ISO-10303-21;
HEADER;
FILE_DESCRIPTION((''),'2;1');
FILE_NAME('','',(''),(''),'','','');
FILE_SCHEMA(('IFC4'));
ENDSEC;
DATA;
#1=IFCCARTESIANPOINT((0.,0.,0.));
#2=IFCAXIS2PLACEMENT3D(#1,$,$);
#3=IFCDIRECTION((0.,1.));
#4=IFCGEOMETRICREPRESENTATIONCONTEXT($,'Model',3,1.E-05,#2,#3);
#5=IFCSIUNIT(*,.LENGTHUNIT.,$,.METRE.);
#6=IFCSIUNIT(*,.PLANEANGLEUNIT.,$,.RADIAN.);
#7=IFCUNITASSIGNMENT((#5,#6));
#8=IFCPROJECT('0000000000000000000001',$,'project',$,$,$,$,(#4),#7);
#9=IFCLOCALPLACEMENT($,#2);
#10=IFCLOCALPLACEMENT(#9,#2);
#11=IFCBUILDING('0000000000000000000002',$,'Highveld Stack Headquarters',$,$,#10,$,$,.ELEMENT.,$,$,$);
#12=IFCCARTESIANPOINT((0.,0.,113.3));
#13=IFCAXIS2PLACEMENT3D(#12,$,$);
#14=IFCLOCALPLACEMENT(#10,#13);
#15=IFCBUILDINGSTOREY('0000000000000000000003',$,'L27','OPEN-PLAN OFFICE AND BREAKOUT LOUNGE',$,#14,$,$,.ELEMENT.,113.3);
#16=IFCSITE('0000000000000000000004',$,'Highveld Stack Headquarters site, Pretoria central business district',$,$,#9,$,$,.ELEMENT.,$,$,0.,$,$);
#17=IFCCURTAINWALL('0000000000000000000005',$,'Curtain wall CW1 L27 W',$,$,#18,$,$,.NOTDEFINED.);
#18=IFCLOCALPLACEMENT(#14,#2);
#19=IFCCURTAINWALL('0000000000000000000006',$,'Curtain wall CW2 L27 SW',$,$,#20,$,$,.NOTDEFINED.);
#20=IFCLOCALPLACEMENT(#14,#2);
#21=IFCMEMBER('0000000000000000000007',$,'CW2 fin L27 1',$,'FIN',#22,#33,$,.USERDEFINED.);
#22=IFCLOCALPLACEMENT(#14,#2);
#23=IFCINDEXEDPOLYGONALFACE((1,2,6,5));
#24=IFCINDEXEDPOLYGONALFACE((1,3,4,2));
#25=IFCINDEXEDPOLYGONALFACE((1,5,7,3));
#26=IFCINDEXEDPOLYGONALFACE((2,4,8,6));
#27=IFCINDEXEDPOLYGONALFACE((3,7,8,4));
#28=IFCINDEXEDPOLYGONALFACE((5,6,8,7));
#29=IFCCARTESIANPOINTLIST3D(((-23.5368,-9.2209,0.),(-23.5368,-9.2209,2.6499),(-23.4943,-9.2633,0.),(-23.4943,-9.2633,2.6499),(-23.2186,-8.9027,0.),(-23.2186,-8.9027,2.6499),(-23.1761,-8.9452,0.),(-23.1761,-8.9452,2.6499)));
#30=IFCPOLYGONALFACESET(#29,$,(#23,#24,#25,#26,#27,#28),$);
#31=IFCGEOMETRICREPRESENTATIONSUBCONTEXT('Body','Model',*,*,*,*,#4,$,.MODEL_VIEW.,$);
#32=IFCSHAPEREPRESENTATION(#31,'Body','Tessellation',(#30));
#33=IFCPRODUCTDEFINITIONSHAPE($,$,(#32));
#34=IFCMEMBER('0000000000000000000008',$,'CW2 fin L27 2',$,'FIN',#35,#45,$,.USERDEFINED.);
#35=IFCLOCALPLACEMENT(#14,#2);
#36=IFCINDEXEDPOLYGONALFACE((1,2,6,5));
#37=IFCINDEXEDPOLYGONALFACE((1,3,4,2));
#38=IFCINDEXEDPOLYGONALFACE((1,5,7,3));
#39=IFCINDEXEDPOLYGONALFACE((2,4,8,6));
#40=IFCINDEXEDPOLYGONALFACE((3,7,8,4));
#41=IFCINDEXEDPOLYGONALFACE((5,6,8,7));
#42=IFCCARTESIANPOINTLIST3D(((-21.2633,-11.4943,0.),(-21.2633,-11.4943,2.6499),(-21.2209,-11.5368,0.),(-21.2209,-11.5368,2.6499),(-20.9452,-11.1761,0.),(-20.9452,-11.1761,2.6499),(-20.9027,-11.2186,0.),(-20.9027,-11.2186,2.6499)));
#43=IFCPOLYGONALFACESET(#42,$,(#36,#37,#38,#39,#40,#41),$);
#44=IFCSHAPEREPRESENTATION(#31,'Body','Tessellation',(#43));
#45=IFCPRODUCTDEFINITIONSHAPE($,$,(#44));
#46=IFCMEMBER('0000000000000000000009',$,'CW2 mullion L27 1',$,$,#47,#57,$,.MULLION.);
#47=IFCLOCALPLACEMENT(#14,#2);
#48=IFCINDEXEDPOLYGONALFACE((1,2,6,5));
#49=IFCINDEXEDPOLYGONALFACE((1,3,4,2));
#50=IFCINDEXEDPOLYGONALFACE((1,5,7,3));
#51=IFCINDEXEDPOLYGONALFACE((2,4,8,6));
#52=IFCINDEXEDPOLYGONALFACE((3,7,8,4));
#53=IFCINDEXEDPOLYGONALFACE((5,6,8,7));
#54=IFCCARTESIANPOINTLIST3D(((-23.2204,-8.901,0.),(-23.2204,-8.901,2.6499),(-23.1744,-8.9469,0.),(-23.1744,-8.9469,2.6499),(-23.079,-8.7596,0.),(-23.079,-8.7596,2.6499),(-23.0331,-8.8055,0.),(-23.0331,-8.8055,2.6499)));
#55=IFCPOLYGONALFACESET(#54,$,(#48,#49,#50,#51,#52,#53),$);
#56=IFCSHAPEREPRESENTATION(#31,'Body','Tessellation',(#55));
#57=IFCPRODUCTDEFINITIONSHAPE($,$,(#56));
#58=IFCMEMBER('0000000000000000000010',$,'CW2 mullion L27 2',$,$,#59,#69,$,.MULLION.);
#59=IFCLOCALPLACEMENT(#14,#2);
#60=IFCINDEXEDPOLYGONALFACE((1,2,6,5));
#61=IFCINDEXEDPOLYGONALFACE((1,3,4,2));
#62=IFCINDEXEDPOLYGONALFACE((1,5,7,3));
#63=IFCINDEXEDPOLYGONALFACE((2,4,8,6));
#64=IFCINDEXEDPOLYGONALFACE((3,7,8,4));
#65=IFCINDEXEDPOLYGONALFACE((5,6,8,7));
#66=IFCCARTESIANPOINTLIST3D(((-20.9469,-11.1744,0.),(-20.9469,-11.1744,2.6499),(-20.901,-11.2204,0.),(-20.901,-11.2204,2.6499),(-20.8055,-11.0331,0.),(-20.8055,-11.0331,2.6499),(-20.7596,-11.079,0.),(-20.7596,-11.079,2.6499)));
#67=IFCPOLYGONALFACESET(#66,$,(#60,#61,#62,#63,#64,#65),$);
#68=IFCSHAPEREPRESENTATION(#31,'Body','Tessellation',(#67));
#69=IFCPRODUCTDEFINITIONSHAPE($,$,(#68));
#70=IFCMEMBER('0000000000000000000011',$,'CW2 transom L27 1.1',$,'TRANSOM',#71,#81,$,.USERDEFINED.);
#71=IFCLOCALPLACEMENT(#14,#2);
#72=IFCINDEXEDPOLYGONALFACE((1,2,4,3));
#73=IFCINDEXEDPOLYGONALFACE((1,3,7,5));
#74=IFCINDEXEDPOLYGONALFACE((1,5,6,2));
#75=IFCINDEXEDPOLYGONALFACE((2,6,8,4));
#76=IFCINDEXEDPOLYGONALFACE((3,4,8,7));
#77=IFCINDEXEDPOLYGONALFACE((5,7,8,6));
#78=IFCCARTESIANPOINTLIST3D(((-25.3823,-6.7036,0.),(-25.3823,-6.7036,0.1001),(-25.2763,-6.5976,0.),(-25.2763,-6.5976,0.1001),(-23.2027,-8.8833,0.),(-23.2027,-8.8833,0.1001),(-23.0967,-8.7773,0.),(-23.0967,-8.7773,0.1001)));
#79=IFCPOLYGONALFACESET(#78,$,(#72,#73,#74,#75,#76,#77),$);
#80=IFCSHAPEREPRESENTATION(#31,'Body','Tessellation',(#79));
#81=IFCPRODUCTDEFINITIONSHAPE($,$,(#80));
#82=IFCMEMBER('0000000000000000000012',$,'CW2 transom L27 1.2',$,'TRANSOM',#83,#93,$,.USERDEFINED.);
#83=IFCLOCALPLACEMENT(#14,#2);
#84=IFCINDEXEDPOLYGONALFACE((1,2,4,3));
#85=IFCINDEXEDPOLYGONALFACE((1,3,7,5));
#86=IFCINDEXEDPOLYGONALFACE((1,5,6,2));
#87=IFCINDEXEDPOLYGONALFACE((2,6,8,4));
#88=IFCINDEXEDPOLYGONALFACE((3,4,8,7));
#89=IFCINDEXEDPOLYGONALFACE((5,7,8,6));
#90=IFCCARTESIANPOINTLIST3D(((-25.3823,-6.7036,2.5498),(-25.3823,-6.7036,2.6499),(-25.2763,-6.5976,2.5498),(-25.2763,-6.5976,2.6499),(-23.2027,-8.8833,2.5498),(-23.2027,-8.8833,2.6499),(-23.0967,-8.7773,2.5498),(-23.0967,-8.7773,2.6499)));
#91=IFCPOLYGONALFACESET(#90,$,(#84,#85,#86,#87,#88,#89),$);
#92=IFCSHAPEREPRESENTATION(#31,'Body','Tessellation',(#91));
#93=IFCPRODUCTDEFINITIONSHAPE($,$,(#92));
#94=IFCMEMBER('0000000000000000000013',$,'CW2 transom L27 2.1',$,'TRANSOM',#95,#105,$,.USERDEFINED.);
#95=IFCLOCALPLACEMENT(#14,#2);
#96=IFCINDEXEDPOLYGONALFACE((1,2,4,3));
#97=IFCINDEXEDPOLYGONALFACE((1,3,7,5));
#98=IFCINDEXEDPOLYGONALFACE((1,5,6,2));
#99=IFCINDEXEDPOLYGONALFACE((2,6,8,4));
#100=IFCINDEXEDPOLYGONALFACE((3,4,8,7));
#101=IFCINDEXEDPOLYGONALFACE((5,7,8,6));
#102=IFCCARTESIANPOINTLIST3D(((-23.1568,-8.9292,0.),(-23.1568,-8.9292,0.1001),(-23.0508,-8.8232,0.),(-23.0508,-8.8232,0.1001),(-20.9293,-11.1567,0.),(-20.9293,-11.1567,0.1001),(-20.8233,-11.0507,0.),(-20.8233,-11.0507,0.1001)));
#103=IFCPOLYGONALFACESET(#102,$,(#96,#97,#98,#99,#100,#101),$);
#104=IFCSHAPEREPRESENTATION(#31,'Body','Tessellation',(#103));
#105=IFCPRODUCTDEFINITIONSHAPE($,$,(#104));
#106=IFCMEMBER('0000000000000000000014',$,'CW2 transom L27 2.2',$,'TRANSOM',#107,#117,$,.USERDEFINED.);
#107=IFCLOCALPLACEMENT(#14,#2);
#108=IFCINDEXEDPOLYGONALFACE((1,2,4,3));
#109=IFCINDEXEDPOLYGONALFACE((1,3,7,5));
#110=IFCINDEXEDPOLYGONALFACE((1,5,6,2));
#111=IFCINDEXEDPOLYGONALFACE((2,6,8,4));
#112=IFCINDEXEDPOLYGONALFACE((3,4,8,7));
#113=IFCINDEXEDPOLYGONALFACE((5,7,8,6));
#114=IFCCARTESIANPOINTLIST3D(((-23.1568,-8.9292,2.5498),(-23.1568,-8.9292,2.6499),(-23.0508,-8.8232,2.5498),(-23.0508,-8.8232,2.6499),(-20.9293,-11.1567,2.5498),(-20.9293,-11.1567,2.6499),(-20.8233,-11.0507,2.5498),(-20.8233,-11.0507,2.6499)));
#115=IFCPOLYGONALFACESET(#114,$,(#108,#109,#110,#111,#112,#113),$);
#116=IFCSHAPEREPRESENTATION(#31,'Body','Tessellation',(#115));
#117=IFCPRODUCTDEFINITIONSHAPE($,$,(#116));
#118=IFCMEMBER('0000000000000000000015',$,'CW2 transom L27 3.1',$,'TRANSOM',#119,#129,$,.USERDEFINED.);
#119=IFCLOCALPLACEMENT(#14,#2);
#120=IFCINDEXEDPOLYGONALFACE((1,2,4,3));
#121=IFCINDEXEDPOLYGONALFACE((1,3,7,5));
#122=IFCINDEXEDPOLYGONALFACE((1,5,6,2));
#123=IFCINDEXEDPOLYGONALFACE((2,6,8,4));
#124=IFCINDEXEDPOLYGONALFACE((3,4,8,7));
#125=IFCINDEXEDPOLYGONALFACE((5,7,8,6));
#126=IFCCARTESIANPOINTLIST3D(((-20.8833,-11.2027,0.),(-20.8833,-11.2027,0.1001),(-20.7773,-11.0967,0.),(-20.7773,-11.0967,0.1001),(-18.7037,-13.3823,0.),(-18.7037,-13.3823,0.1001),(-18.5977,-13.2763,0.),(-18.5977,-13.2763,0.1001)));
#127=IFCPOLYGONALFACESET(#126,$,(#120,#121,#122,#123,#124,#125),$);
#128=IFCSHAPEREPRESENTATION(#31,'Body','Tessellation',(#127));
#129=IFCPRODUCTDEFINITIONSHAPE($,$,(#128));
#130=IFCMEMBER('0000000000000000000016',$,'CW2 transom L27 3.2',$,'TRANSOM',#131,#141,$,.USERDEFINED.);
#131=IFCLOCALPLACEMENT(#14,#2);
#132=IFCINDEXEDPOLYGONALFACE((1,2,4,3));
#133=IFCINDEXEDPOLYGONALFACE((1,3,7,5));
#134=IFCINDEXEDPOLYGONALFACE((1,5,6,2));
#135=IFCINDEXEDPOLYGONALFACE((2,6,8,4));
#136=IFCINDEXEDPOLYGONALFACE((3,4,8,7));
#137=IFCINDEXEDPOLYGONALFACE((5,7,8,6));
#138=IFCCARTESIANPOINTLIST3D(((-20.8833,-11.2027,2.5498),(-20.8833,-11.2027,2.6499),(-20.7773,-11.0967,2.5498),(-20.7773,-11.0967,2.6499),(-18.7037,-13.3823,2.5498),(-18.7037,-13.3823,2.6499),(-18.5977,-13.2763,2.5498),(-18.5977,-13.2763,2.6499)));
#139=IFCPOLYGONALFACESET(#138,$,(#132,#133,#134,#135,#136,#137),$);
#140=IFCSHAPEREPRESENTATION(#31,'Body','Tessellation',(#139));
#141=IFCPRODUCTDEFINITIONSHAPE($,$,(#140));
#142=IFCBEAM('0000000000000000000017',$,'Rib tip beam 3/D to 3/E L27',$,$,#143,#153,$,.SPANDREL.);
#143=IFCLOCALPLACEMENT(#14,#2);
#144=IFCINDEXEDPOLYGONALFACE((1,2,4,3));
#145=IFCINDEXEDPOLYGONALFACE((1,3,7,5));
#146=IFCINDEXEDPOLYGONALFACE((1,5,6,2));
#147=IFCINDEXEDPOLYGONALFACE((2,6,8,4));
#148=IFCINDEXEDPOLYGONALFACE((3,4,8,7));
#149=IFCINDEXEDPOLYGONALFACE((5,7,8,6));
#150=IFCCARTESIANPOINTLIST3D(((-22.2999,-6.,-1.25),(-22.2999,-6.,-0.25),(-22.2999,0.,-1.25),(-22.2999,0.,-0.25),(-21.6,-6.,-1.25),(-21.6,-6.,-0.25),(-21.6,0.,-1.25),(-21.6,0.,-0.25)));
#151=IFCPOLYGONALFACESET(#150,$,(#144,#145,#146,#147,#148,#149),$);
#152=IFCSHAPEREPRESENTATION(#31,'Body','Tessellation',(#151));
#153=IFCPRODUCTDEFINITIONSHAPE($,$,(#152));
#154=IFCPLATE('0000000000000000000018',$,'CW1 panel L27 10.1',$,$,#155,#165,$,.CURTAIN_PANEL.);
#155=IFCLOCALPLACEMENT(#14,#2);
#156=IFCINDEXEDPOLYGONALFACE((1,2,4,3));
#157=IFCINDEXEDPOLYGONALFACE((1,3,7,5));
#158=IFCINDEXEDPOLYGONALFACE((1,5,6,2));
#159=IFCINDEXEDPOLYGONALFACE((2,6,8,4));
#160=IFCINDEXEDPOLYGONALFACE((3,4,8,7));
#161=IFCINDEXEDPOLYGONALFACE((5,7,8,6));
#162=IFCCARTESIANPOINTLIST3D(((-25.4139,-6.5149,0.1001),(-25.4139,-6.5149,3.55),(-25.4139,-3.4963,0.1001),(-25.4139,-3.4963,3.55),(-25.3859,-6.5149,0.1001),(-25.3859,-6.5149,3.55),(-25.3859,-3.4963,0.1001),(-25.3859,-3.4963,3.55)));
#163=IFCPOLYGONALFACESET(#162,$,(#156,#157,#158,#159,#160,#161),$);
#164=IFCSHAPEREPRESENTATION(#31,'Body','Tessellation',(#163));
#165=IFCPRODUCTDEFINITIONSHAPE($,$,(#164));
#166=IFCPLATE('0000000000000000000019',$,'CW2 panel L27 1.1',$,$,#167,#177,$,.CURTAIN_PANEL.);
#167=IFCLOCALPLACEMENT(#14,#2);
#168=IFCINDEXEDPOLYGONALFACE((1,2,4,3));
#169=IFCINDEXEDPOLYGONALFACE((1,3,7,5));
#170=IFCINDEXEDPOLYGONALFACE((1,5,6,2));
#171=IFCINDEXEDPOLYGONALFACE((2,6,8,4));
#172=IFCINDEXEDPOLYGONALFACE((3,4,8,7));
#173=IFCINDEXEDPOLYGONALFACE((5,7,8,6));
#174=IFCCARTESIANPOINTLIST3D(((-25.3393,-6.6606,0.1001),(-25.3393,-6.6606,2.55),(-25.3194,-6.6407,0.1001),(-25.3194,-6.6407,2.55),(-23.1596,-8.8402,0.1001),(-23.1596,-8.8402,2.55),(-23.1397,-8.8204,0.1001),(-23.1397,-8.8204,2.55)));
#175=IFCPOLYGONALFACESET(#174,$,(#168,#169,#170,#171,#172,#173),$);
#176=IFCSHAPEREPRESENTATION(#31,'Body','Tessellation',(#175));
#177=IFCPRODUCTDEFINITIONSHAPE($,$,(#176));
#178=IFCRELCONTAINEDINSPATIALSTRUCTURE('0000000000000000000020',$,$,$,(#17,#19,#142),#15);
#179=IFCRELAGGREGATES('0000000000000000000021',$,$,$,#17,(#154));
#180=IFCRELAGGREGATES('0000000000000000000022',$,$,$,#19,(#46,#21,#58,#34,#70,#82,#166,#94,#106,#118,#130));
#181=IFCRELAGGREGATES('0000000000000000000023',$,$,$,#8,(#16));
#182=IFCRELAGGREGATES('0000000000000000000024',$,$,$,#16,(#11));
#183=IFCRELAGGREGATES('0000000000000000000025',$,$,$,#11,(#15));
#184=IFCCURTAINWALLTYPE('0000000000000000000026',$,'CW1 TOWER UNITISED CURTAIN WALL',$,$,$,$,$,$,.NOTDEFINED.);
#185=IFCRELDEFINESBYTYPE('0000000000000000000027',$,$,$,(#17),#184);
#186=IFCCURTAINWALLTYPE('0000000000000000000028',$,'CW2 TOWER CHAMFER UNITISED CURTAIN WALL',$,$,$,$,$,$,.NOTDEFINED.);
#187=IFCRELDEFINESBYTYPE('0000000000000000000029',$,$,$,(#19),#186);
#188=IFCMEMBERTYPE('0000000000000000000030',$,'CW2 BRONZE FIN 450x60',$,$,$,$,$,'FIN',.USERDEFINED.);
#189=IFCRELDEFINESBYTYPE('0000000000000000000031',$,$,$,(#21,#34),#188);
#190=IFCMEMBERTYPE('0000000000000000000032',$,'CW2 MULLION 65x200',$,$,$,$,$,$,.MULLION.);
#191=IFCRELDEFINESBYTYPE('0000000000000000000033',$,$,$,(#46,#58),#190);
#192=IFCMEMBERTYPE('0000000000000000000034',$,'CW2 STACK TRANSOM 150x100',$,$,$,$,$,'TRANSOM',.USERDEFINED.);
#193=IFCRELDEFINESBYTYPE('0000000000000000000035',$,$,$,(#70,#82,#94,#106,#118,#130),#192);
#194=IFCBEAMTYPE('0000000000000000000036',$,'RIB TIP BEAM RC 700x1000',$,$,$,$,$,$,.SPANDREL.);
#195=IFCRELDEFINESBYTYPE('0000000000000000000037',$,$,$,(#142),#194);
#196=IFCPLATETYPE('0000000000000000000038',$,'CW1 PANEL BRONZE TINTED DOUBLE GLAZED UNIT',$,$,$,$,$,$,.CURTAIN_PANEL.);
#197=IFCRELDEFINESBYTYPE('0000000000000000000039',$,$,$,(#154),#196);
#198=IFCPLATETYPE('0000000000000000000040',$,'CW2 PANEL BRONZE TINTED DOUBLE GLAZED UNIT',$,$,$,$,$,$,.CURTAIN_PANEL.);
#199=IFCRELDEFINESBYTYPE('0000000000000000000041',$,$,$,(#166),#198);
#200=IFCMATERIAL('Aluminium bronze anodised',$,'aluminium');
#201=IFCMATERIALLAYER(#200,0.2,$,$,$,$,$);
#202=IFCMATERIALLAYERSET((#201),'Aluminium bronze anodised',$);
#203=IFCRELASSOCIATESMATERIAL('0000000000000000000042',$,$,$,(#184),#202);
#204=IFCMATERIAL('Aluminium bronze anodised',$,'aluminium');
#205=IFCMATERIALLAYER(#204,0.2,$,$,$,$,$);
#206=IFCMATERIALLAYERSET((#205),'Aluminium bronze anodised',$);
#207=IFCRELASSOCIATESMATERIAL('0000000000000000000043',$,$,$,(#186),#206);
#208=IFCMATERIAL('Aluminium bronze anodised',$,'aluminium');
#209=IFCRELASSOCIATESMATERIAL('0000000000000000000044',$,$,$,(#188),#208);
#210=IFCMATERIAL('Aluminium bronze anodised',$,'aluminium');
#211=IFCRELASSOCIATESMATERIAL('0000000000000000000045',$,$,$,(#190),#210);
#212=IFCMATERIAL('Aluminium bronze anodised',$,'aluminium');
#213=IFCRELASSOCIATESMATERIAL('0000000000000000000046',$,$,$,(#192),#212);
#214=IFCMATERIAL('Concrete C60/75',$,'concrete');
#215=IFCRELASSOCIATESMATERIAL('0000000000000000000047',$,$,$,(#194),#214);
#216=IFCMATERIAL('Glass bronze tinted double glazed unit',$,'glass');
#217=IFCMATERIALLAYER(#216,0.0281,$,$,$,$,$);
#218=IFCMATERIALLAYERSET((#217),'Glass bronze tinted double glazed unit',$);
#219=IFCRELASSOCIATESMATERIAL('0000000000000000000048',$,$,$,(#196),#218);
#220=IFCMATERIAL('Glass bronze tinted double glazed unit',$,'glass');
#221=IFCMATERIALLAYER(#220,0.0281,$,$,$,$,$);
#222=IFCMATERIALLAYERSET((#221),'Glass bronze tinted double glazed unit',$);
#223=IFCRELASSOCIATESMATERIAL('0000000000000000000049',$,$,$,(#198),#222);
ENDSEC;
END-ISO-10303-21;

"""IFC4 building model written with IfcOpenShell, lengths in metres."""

from ifc_helpers import new_model, si_unit, direction, frame, origin, origin_2d, place, context, subcontext, project, spatial, rectangle, extrude, material, layer, layer_set, material_profile, profile_set, type_object, element, aggregate, save


model = new_model("IFC4")

# Units and contexts
model_context = context("Model", 3, precision=1e-05, world=origin(), true_north=direction((0.0, 1.0)))
body_context = subcontext(model_context, "Body", "Model", "MODEL_VIEW")
ifc_project = project(units=[si_unit("LENGTHUNIT", "METRE"), si_unit("PLANEANGLEUNIT", "RADIAN")], contexts=[model_context])

# Site, building, storey
site_placement = place(None, origin())
site = spatial("IfcSite", under=ifc_project, at=site_placement, Name="Highveld Stack Headquarters site, Pretoria central business district", CompositionType="ELEMENT", RefElevation=0.0)
building_placement = place(site_placement, origin())
building = spatial("IfcBuilding", under=site, at=building_placement, Name="Highveld Stack Headquarters", CompositionType="ELEMENT")
storey_placement = place(building_placement, frame((0.0, 0.0, 113.3)))
storey = spatial("IfcBuildingStorey", under=building, at=storey_placement, Name="L27", Description="OPEN-PLAN OFFICE AND BREAKOUT LOUNGE", CompositionType="ELEMENT", Elevation=113.3)

# Shared definitions
ifc_material_1 = material(Name="Aluminium bronze anodised", Category="aluminium")
ifc_layer_1 = layer(ifc_material_1, 0.2)
ifc_layer_set_1 = layer_set([ifc_layer_1], Name="Aluminium bronze anodised")
curtain_wall_type_1 = type_object("IfcCurtainWallType", Name="CW1 TOWER UNITISED CURTAIN WALL", PredefinedType="NOTDEFINED", material=ifc_layer_set_1)

# Curtain wall
curtain_wall_1_placement = place(storey_placement, origin())
curtain_wall_1 = element("IfcCurtainWall", 1, at=curtain_wall_1_placement, inside=storey, type_object=curtain_wall_type_1, Name="Curtain wall CW1 L27 W", PredefinedType="NOTDEFINED")

# Curtain wall, members
ifc_material_2 = material(Name="Aluminium bronze anodised", Category="aluminium")
ifc_layer_2 = layer(ifc_material_2, 0.2)
ifc_layer_set_2 = layer_set([ifc_layer_2], Name="Aluminium bronze anodised")
curtain_wall_type_2 = type_object("IfcCurtainWallType", Name="CW2 TOWER CHAMFER UNITISED CURTAIN WALL", PredefinedType="NOTDEFINED", material=ifc_layer_set_2)
curtain_wall_2_placement = place(storey_placement, origin())
curtain_wall_2 = element("IfcCurtainWall", 2, at=curtain_wall_2_placement, inside=storey, type_object=curtain_wall_type_2, Name="Curtain wall CW2 L27 SW", PredefinedType="NOTDEFINED")
ifc_material_3 = material(Name="Aluminium bronze anodised", Category="aluminium")
ifc_material_profile_1 = material_profile(ifc_material_3, rectangle(XDim=0.45, YDim=0.0601, at=origin_2d()), Name="FIN 450x60")
ifc_profile_set_1 = profile_set([ifc_material_profile_1], Name="Aluminium bronze anodised")
member_type_1 = type_object("IfcMemberType", Name="CW2 BRONZE FIN 450x60", ElementType="FIN", PredefinedType="USERDEFINED", material=ifc_profile_set_1)
member_1_placement = place(storey_placement, frame((-23.3564, -9.083, 0.0), z_axis=(0.0, 0.0, 1.0), x_axis=(0.707107, 0.707107, 0.0)))
member_1 = element("IfcMember", 3, at=member_1_placement, type_object=member_type_1, Name="CW2 fin L27 1", ObjectType="FIN", PredefinedType="USERDEFINED", context=body_context, shape_type="SweptSolid", body=[
    extrude(rectangle(XDim=0.45, YDim=0.0601, at=origin_2d()), origin(), (0.0, 0.0, 1.0), 2.6499),
])
member_2_placement = place(storey_placement, frame((-21.083, -11.3564, 0.0), z_axis=(0.0, 0.0, 1.0), x_axis=(0.707107, 0.707107, 0.0)))
member_2 = element("IfcMember", 4, at=member_2_placement, type_object=member_type_1, Name="CW2 fin L27 2", ObjectType="FIN", PredefinedType="USERDEFINED", context=body_context, shape_type="SweptSolid", body=[
    extrude(rectangle(XDim=0.45, YDim=0.0601, at=origin_2d()), origin(), (0.0, 0.0, 1.0), 2.6499),
])
ifc_material_4 = material(Name="Aluminium bronze anodised", Category="aluminium")
ifc_material_profile_2 = material_profile(ifc_material_4, rectangle(XDim=0.2, YDim=0.0649, at=origin_2d()), Name="CW2 MULLION 65x200")
ifc_profile_set_2 = profile_set([ifc_material_profile_2], Name="Aluminium bronze anodised")
member_type_2 = type_object("IfcMemberType", Name="CW2 MULLION 65x200", PredefinedType="MULLION", material=ifc_profile_set_2)
member_3_placement = place(storey_placement, frame((-23.1267, -8.8533, 0.0), z_axis=(0.0, 0.0, 1.0), x_axis=(0.707107, 0.707107, 0.0)))
member_3 = element("IfcMember", 5, at=member_3_placement, type_object=member_type_2, Name="CW2 mullion L27 1", PredefinedType="MULLION", context=body_context, shape_type="SweptSolid", body=[
    extrude(rectangle(XDim=0.2, YDim=0.0649, at=origin_2d()), origin(), (0.0, 0.0, 1.0), 2.6499),
])
member_4_placement = place(storey_placement, frame((-20.8533, -11.1267, 0.0), z_axis=(0.0, 0.0, 1.0), x_axis=(0.707107, 0.707107, 0.0)))
member_4 = element("IfcMember", 6, at=member_4_placement, type_object=member_type_2, Name="CW2 mullion L27 2", PredefinedType="MULLION", context=body_context, shape_type="SweptSolid", body=[
    extrude(rectangle(XDim=0.2, YDim=0.0649, at=origin_2d()), origin(), (0.0, 0.0, 1.0), 2.6499),
])
ifc_material_5 = material(Name="Aluminium bronze anodised", Category="aluminium")
ifc_material_profile_3 = material_profile(ifc_material_5, rectangle(XDim=0.1499, YDim=0.1001, at=origin_2d()), Name="CW2 TRANSOM 150x100")
ifc_profile_set_3 = profile_set([ifc_material_profile_3], Name="Aluminium bronze anodised")
member_type_3 = type_object("IfcMemberType", Name="CW2 STACK TRANSOM 150x100", ElementType="TRANSOM", PredefinedType="USERDEFINED", material=ifc_profile_set_3)
member_5_placement = place(storey_placement, frame((-25.3293, -6.6506, 0.05), z_axis=(0.707107, -0.707107, 0.0), x_axis=(0.707107, 0.707107, 0.0)))
member_5 = element("IfcMember", 7, at=member_5_placement, type_object=member_type_3, Name="CW2 transom L27 1.1", ObjectType="TRANSOM", PredefinedType="USERDEFINED", context=body_context, shape_type="SweptSolid", body=[
    extrude(rectangle(XDim=0.1499, YDim=0.1001, at=origin_2d()), origin(), (0.0, 0.0, 1.0), 3.0825),
])
member_6_placement = place(storey_placement, frame((-25.3293, -6.6506, 2.5999), z_axis=(0.707107, -0.707107, 0.0), x_axis=(0.707107, 0.707107, 0.0)))
member_6 = element("IfcMember", 8, at=member_6_placement, type_object=member_type_3, Name="CW2 transom L27 1.2", ObjectType="TRANSOM", PredefinedType="USERDEFINED", context=body_context, shape_type="SweptSolid", body=[
    extrude(rectangle(XDim=0.1499, YDim=0.1001, at=origin_2d()), origin(), (0.0, 0.0, 1.0), 3.0825),
])
member_7_placement = place(storey_placement, frame((-23.1038, -8.8762, 0.05), z_axis=(0.707107, -0.707107, 0.0), x_axis=(0.707107, 0.707107, 0.0)))
member_7 = element("IfcMember", 9, at=member_7_placement, type_object=member_type_3, Name="CW2 transom L27 2.1", ObjectType="TRANSOM", PredefinedType="USERDEFINED", context=body_context, shape_type="SweptSolid", body=[
    extrude(rectangle(XDim=0.1499, YDim=0.1001, at=origin_2d()), origin(), (0.0, 0.0, 1.0), 3.1501),
])
member_8_placement = place(storey_placement, frame((-23.1038, -8.8762, 2.5999), z_axis=(0.707107, -0.707107, 0.0), x_axis=(0.707107, 0.707107, 0.0)))
member_8 = element("IfcMember", 10, at=member_8_placement, type_object=member_type_3, Name="CW2 transom L27 2.2", ObjectType="TRANSOM", PredefinedType="USERDEFINED", context=body_context, shape_type="SweptSolid", body=[
    extrude(rectangle(XDim=0.1499, YDim=0.1001, at=origin_2d()), origin(), (0.0, 0.0, 1.0), 3.1501),
])
member_9_placement = place(storey_placement, frame((-20.8303, -11.1497, 0.05), z_axis=(0.707107, -0.707107, 0.0), x_axis=(0.707107, 0.707107, 0.0)))
member_9 = element("IfcMember", 11, at=member_9_placement, type_object=member_type_3, Name="CW2 transom L27 3.1", ObjectType="TRANSOM", PredefinedType="USERDEFINED", context=body_context, shape_type="SweptSolid", body=[
    extrude(rectangle(XDim=0.1499, YDim=0.1001, at=origin_2d()), origin(), (0.0, 0.0, 1.0), 3.0825),
])
member_10_placement = place(storey_placement, frame((-20.8303, -11.1497, 2.5999), z_axis=(0.707107, -0.707107, 0.0), x_axis=(0.707107, 0.707107, 0.0)))
member_10 = element("IfcMember", 12, at=member_10_placement, type_object=member_type_3, Name="CW2 transom L27 3.2", ObjectType="TRANSOM", PredefinedType="USERDEFINED", context=body_context, shape_type="SweptSolid", body=[
    extrude(rectangle(XDim=0.1499, YDim=0.1001, at=origin_2d()), origin(), (0.0, 0.0, 1.0), 3.0825),
])

# Beam
ifc_material_6 = material(Name="Concrete C60/75", Category="concrete")
ifc_material_profile_4 = material_profile(ifc_material_6, rectangle(XDim=0.7, YDim=1.0, at=origin_2d()), Name="RC 700x1000")
ifc_profile_set_4 = profile_set([ifc_material_profile_4], Name="Concrete C60/75")
beam_type_1 = type_object("IfcBeamType", Name="RIB TIP BEAM RC 700x1000", PredefinedType="SPANDREL", material=ifc_profile_set_4)
beam_1_placement = place(storey_placement, frame((-21.95, -6.0, -0.75), z_axis=(0.0, 1.0, 0.0), x_axis=(-1.0, 0.0, 0.0)))
element("IfcBeam", 13, at=beam_1_placement, inside=storey, type_object=beam_type_1, Name="Rib tip beam 3/D to 3/E L27", PredefinedType="SPANDREL", context=body_context, shape_type="SweptSolid", body=[
    extrude(rectangle(XDim=0.7, YDim=1.0, at=origin_2d()), origin(), (0.0, 0.0, 1.0), 6.0),
])

# Plates
ifc_material_7 = material(Name="Glass bronze tinted double glazed unit", Category="glass")
ifc_layer_3 = layer(ifc_material_7, 0.0281)
ifc_layer_set_3 = layer_set([ifc_layer_3], Name="Glass bronze tinted double glazed unit")
plate_type_1 = type_object("IfcPlateType", Name="CW1 PANEL BRONZE TINTED DOUBLE GLAZED UNIT", PredefinedType="CURTAIN_PANEL", material=ifc_layer_set_3)
plate_1_placement = place(storey_placement, frame((-25.3999, -5.0056, 0.1001), z_axis=(0.0, 0.0, 1.0), x_axis=(0.0, -1.0, 0.0)))
plate_1 = element("IfcPlate", 14, at=plate_1_placement, type_object=plate_type_1, Name="CW1 panel L27 10.1", PredefinedType="CURTAIN_PANEL", context=body_context, shape_type="SweptSolid", body=[
    extrude(rectangle(XDim=3.0186, YDim=0.0281, at=origin_2d()), origin(), (0.0, 0.0, 1.0), 3.45),
])
aggregate(curtain_wall_1, [plate_1])
ifc_material_8 = material(Name="Glass bronze tinted double glazed unit", Category="glass")
ifc_layer_4 = layer(ifc_material_8, 0.0281)
ifc_layer_set_4 = layer_set([ifc_layer_4], Name="Glass bronze tinted double glazed unit")
plate_type_2 = type_object("IfcPlateType", Name="CW2 PANEL BRONZE TINTED DOUBLE GLAZED UNIT", PredefinedType="CURTAIN_PANEL", material=ifc_layer_set_4)
plate_2_placement = place(storey_placement, frame((-24.2395, -7.7405, 0.1001), z_axis=(0.0, 0.0, 1.0), x_axis=(0.707107, -0.707107, 0.0)))
plate_2 = element("IfcPlate", 15, at=plate_2_placement, type_object=plate_type_2, Name="CW2 panel L27 1.1", PredefinedType="CURTAIN_PANEL", context=body_context, shape_type="SweptSolid", body=[
    extrude(rectangle(XDim=3.0825, YDim=0.0281, at=origin_2d()), origin(), (0.0, 0.0, 1.0), 2.45),
])
aggregate(curtain_wall_2, [member_3, member_1, member_4, member_2, member_5, member_6, plate_2, member_7, member_8, member_9, member_10])

save(model, "model.ifc")
